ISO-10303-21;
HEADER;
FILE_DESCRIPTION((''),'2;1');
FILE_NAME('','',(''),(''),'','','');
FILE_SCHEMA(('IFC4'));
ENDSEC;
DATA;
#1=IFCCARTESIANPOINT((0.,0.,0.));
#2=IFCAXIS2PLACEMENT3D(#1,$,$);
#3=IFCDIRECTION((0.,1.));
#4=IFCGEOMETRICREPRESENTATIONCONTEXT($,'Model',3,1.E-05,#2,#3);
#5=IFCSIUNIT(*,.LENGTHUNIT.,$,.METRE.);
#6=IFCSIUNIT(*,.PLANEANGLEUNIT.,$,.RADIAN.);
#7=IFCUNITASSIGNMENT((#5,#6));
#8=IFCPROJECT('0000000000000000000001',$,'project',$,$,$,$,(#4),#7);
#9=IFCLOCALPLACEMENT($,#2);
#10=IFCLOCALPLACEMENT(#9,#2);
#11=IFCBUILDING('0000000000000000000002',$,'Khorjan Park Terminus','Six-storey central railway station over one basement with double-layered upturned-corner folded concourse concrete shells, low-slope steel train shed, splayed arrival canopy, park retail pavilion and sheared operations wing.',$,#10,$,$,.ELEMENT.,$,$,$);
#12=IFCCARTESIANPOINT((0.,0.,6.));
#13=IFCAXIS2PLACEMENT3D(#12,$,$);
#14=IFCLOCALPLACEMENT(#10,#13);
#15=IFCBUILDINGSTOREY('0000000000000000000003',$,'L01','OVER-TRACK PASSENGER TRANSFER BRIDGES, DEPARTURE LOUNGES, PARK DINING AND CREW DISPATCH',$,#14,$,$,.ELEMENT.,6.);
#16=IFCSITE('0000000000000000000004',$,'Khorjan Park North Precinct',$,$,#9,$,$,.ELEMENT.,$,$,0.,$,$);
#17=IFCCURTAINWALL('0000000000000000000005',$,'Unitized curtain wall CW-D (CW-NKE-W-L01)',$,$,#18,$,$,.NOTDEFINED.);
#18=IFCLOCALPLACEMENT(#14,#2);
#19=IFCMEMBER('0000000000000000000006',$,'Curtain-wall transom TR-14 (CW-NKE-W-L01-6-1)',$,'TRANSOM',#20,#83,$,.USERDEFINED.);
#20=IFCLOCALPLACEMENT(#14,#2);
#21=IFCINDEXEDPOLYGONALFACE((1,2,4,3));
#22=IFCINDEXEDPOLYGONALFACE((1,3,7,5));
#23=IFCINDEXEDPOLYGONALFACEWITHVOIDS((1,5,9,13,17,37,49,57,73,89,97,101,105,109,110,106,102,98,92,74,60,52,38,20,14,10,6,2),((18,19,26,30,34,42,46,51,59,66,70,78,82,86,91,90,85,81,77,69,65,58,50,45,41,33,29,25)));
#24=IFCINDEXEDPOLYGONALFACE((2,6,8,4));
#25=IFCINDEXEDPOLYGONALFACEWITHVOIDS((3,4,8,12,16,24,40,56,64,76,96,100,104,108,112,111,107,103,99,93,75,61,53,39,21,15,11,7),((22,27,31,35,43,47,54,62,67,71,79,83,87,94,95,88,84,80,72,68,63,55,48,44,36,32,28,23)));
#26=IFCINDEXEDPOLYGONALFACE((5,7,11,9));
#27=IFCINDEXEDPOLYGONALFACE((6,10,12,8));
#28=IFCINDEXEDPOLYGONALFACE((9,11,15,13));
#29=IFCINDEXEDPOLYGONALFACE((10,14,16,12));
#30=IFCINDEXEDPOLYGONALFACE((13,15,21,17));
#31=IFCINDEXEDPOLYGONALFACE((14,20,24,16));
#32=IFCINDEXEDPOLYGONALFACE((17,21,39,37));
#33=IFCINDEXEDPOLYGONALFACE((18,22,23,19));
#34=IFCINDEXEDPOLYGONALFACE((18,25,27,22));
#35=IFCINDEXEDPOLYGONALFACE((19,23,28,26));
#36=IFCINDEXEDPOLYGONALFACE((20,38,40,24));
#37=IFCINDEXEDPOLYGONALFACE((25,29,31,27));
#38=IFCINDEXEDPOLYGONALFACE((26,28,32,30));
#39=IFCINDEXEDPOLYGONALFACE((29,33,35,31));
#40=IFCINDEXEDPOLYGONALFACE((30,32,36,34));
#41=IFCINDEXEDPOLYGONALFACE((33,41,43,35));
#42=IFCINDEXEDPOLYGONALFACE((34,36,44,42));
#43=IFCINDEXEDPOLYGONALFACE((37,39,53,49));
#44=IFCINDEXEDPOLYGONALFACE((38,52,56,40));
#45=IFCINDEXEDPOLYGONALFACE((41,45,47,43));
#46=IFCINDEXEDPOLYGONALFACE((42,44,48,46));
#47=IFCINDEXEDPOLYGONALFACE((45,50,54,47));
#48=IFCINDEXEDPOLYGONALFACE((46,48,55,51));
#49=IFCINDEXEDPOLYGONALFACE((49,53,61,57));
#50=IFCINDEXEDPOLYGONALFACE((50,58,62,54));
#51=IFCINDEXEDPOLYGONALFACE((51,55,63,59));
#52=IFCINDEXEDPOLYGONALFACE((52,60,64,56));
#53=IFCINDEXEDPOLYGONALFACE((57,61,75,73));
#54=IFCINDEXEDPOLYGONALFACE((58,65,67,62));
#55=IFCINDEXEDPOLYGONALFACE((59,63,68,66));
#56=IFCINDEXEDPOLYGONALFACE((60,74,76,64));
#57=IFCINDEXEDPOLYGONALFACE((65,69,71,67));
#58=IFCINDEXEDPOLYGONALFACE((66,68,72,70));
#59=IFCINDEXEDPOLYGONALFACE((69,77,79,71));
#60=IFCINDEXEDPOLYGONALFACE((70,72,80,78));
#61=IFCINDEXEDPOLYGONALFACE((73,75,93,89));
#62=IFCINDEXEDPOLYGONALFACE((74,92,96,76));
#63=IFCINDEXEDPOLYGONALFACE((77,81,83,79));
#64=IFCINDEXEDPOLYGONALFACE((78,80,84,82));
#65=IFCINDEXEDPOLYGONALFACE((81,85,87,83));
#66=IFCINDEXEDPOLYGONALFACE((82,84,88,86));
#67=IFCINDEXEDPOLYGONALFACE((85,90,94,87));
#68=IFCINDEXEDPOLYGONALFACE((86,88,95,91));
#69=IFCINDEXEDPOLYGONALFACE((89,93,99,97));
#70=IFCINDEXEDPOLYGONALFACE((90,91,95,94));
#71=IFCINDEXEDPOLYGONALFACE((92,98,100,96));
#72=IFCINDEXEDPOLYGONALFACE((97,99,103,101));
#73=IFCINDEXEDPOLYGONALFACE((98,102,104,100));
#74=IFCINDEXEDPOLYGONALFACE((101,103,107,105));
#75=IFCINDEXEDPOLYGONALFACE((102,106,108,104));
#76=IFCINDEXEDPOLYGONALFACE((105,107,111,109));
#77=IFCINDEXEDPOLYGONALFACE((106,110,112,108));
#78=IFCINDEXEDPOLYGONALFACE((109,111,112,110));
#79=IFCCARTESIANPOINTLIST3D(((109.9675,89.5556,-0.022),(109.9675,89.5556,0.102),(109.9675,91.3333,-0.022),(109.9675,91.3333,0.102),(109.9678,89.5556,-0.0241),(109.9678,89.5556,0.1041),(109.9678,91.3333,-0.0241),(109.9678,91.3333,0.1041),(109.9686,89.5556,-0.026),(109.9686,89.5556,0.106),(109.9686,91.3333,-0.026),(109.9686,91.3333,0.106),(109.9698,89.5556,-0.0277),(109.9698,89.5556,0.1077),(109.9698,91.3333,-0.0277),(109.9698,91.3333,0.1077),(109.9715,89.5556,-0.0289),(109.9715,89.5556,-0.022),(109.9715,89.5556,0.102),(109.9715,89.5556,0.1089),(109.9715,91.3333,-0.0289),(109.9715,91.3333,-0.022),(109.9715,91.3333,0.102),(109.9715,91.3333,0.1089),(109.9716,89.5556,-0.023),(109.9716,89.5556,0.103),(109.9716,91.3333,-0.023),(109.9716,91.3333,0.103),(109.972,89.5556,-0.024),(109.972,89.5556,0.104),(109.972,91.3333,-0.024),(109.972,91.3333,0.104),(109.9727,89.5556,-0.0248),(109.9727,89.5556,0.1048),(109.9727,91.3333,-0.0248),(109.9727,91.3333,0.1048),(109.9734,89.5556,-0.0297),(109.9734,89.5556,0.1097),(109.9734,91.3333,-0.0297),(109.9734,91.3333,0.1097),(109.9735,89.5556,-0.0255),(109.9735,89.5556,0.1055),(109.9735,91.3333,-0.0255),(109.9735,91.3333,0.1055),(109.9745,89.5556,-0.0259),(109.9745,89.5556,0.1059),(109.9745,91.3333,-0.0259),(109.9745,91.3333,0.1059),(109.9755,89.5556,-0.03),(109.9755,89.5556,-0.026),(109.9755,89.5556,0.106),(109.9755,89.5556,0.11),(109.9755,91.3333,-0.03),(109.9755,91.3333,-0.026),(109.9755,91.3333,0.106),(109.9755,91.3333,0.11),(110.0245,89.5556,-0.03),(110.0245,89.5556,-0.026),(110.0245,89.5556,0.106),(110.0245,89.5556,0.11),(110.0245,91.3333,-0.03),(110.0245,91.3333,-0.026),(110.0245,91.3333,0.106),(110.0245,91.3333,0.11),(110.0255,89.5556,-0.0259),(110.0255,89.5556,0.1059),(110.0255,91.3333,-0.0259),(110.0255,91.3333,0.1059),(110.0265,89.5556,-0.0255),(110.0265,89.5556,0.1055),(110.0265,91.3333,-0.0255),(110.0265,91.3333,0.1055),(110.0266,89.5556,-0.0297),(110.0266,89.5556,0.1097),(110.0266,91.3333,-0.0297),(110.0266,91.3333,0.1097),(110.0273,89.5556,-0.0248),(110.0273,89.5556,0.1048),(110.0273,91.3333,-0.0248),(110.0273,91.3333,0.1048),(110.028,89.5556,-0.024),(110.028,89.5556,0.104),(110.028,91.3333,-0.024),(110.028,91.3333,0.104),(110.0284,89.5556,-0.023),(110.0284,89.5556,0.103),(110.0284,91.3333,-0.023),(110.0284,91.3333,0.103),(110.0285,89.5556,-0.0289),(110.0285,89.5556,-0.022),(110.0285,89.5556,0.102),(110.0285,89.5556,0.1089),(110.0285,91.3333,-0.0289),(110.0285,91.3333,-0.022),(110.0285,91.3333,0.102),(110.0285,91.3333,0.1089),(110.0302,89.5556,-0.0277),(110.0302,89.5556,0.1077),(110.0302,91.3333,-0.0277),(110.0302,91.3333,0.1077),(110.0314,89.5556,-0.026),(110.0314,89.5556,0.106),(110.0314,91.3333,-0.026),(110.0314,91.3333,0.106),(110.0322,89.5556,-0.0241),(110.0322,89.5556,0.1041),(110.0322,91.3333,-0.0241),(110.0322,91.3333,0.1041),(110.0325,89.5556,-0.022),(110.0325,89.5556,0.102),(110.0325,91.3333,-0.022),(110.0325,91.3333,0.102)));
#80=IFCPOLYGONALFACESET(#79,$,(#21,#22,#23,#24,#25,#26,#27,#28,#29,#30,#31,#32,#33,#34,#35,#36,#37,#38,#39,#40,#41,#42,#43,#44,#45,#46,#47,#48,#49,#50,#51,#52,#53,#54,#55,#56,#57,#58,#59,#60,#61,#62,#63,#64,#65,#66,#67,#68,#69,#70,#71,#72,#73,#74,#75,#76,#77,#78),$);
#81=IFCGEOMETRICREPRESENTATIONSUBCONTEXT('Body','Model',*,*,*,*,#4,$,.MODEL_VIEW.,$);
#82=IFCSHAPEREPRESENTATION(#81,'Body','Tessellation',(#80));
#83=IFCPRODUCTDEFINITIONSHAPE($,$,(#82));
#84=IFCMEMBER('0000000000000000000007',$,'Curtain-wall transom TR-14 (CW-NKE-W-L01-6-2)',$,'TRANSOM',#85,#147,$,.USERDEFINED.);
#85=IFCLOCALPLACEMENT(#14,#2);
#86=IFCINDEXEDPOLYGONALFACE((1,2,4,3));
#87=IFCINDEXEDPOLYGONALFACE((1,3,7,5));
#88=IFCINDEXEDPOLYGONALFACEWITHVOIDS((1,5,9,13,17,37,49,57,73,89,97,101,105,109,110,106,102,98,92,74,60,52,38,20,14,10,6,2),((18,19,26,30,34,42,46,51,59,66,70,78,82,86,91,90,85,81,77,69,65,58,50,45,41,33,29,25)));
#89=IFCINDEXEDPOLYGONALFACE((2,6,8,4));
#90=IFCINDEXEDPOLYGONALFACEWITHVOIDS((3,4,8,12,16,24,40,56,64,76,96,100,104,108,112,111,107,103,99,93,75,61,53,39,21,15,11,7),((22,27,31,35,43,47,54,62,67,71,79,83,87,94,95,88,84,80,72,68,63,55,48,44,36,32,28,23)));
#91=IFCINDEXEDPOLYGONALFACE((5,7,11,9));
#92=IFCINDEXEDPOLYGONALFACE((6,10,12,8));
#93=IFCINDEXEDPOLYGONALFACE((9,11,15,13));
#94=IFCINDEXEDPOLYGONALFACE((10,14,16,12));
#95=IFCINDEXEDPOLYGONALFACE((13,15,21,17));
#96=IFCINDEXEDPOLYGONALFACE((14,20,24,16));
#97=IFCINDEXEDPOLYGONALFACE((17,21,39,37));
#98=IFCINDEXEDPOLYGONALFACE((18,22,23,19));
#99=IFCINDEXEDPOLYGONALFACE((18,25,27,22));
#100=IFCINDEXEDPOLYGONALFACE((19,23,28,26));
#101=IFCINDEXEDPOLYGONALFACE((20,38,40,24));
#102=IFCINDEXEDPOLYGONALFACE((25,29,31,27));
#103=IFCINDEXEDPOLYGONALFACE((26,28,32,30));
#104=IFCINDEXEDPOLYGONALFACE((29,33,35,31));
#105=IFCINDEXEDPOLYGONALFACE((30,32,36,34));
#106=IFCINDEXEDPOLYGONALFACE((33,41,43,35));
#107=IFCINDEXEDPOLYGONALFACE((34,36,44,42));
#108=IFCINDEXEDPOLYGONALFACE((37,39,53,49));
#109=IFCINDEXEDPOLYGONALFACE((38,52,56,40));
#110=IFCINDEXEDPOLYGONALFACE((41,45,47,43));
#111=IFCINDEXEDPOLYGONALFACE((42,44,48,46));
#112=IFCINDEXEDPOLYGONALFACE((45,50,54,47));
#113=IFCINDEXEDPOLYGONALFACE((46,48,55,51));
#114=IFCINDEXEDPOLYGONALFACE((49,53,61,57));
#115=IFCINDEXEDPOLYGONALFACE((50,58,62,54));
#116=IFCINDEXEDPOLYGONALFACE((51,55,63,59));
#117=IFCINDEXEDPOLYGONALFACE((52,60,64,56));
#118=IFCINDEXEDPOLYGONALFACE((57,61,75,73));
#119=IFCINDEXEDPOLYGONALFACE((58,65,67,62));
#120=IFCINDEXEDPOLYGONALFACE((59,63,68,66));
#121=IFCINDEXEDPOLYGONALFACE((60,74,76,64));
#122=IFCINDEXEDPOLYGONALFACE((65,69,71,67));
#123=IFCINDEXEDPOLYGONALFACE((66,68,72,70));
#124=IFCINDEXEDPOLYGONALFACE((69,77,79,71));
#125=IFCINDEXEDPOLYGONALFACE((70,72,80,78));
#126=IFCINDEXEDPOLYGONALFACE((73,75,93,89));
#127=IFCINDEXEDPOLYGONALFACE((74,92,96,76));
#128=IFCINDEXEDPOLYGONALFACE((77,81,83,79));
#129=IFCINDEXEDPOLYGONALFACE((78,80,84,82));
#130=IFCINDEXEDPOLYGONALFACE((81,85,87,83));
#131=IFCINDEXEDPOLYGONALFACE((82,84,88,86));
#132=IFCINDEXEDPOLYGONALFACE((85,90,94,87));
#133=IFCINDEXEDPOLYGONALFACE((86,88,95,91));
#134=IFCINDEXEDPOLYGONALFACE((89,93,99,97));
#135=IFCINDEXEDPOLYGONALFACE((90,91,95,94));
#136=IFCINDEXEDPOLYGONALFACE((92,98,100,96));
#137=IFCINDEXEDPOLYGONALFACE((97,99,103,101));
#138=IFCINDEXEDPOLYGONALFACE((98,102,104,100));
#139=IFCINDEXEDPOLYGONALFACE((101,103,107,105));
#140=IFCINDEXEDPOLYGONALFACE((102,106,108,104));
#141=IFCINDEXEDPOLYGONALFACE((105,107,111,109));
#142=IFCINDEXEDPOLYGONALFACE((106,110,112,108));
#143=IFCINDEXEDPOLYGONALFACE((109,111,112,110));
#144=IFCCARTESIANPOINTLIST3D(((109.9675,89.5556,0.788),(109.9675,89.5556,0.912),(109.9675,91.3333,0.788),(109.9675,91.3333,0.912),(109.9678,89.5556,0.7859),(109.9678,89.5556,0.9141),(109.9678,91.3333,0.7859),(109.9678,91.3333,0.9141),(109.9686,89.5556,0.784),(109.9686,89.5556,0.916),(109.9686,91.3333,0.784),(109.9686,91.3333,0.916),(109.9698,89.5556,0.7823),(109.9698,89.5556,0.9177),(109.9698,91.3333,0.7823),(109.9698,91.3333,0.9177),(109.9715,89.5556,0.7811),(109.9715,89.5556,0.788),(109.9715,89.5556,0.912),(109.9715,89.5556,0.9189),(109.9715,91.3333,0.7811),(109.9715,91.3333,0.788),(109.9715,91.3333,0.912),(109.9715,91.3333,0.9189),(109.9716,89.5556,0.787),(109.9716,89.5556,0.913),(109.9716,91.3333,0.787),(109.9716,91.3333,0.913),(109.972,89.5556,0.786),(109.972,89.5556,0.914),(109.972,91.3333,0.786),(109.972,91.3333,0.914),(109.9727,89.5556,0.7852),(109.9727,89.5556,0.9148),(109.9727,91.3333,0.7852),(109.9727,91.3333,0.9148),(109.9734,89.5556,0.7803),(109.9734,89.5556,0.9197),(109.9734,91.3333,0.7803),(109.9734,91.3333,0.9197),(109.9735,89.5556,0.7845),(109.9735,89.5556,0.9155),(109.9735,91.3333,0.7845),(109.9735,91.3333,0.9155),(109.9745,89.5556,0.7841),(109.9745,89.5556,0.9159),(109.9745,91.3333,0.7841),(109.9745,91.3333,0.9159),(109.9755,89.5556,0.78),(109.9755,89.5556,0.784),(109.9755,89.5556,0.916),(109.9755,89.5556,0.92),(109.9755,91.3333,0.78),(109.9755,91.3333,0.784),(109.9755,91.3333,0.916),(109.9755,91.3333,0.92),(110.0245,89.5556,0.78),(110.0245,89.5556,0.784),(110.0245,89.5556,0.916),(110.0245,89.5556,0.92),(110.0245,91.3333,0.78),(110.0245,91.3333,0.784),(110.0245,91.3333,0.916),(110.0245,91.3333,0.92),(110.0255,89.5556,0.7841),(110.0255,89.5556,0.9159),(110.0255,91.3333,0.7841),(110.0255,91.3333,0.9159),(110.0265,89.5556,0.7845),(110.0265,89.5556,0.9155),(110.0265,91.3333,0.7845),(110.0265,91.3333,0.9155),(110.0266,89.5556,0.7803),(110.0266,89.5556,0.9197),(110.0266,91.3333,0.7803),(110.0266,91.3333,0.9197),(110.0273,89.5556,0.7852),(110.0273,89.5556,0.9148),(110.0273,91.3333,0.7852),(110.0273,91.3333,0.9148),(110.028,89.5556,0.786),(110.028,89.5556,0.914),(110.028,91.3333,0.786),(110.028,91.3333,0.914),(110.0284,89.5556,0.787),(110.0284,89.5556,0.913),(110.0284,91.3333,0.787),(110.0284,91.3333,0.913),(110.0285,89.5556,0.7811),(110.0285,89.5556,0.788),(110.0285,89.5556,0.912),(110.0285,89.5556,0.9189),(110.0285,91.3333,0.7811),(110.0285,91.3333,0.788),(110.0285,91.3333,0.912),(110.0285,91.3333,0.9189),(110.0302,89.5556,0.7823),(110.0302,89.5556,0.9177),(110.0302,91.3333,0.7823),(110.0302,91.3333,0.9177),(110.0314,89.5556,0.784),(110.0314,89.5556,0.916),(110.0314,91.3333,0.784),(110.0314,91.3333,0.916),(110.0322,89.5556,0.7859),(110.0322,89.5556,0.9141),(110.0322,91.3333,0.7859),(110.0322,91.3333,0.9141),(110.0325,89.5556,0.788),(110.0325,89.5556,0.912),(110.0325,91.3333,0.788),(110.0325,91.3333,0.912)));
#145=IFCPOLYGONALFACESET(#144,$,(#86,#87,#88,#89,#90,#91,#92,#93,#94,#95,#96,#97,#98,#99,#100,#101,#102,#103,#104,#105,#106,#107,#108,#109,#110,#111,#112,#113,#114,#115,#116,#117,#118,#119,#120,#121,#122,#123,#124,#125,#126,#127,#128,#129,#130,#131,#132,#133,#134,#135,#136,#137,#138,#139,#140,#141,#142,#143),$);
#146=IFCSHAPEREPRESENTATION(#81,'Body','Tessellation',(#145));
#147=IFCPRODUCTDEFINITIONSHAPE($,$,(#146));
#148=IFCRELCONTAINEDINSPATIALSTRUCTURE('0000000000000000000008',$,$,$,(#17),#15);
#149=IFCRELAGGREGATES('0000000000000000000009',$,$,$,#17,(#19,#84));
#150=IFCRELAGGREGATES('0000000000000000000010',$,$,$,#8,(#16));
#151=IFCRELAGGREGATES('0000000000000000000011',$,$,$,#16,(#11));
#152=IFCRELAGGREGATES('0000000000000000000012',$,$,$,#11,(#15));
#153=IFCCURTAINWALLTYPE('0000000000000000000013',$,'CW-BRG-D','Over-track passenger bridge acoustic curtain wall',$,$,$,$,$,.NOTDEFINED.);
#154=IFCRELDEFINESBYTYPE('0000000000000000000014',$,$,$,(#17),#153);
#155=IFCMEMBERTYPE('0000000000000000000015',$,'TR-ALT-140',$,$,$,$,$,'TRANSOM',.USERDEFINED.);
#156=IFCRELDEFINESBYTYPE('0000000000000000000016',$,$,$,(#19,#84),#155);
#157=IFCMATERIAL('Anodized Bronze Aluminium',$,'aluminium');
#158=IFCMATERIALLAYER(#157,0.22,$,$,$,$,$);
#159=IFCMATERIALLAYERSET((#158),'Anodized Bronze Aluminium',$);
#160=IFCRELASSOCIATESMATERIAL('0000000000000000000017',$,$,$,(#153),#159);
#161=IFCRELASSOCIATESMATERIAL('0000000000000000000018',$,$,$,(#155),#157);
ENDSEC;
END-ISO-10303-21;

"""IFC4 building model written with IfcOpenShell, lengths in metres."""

from ifc_helpers import new_model, si_unit, direction, frame, origin, origin_2d, place, context, subcontext, project, spatial, hollow_rectangle, extrude, material, layer, layer_set, material_profile, profile_set, type_object, element, aggregate, save


model = new_model("IFC4")

# Units and contexts
model_context = context("Model", 3, precision=1e-05, world=origin(), true_north=direction((0.0, 1.0)))
body_context = subcontext(model_context, "Body", "Model", "MODEL_VIEW")
ifc_project = project(units=[si_unit("LENGTHUNIT", "METRE"), si_unit("PLANEANGLEUNIT", "RADIAN")], contexts=[model_context])

# Site, building, storey
site_placement = place(None, origin())
site = spatial("IfcSite", under=ifc_project, at=site_placement, Name="Khorjan Park North Precinct", CompositionType="ELEMENT", RefElevation=0.0)
building_placement = place(site_placement, origin())
building = spatial("IfcBuilding", under=site, at=building_placement, Name="Khorjan Park Terminus", Description="Six-storey central railway station over one basement with double-layered upturned-corner folded concourse concrete shells, low-slope steel train shed, splayed arrival canopy, park retail pavilion and sheared operations wing.", CompositionType="ELEMENT")
storey_placement = place(building_placement, frame((0.0, 0.0, 6.0)))
storey = spatial("IfcBuildingStorey", under=building, at=storey_placement, Name="L01", Description="OVER-TRACK PASSENGER TRANSFER BRIDGES, DEPARTURE LOUNGES, PARK DINING AND CREW DISPATCH", CompositionType="ELEMENT", Elevation=6.0)

# Curtain wall
ifc_material_1 = material(Name="Anodized Bronze Aluminium", Category="aluminium")
ifc_layer_1 = layer(ifc_material_1, 0.22)
ifc_layer_set_1 = layer_set([ifc_layer_1], Name="Anodized Bronze Aluminium")
curtain_wall_type = type_object("IfcCurtainWallType", Name="CW-BRG-D", Description="Over-track passenger bridge acoustic curtain wall", PredefinedType="NOTDEFINED", material=ifc_layer_set_1)
curtain_wall_1_placement = place(storey_placement, origin())
curtain_wall_1 = element("IfcCurtainWall", 1, at=curtain_wall_1_placement, inside=storey, type_object=curtain_wall_type, Name="Unitized curtain wall CW-D (CW-NKE-W-L01)", PredefinedType="NOTDEFINED")

# Members
ifc_material_profile_1 = material_profile(ifc_material_1, hollow_rectangle(XDim=0.065, YDim=0.14, WallThickness=0.004, InnerFilletRadius=0.004, OuterFilletRadius=0.008, at=origin_2d()), Name="ALT 65x140x4")
ifc_profile_set_1 = profile_set([ifc_material_profile_1], Name="Anodized Bronze Aluminium")
member_type_1 = type_object("IfcMemberType", Name="TR-ALT-140", ElementType="TRANSOM", PredefinedType="USERDEFINED", material=ifc_profile_set_1)
member_1_placement = place(storey_placement, frame((110.0, 91.3333, 0.04), z_axis=(0.0, -1.0, 0.0), x_axis=(1.0, 0.0, 0.0)))
member_1 = element("IfcMember", 2, at=member_1_placement, type_object=member_type_1, Name="Curtain-wall transom TR-14 (CW-NKE-W-L01-6-1)", ObjectType="TRANSOM", PredefinedType="USERDEFINED", context=body_context, shape_type="SweptSolid", body=[
    extrude(hollow_rectangle(XDim=0.065, YDim=0.14, WallThickness=0.004, InnerFilletRadius=0.004, OuterFilletRadius=0.008, at=origin_2d()), origin(), (0.0, 0.0, 1.0), 1.7777),
])
member_2_placement = place(storey_placement, frame((110.0, 91.3333, 0.85), z_axis=(0.0, -1.0, 0.0), x_axis=(1.0, 0.0, 0.0)))
member_2 = element("IfcMember", 3, at=member_2_placement, type_object=member_type_1, Name="Curtain-wall transom TR-14 (CW-NKE-W-L01-6-2)", ObjectType="TRANSOM", PredefinedType="USERDEFINED", context=body_context, shape_type="SweptSolid", body=[
    extrude(hollow_rectangle(XDim=0.065, YDim=0.14, WallThickness=0.004, InnerFilletRadius=0.004, OuterFilletRadius=0.008, at=origin_2d()), origin(), (0.0, 0.0, 1.0), 1.7777),
])

aggregate(curtain_wall_1, [member_1, member_2])

save(model, "model.ifc")
